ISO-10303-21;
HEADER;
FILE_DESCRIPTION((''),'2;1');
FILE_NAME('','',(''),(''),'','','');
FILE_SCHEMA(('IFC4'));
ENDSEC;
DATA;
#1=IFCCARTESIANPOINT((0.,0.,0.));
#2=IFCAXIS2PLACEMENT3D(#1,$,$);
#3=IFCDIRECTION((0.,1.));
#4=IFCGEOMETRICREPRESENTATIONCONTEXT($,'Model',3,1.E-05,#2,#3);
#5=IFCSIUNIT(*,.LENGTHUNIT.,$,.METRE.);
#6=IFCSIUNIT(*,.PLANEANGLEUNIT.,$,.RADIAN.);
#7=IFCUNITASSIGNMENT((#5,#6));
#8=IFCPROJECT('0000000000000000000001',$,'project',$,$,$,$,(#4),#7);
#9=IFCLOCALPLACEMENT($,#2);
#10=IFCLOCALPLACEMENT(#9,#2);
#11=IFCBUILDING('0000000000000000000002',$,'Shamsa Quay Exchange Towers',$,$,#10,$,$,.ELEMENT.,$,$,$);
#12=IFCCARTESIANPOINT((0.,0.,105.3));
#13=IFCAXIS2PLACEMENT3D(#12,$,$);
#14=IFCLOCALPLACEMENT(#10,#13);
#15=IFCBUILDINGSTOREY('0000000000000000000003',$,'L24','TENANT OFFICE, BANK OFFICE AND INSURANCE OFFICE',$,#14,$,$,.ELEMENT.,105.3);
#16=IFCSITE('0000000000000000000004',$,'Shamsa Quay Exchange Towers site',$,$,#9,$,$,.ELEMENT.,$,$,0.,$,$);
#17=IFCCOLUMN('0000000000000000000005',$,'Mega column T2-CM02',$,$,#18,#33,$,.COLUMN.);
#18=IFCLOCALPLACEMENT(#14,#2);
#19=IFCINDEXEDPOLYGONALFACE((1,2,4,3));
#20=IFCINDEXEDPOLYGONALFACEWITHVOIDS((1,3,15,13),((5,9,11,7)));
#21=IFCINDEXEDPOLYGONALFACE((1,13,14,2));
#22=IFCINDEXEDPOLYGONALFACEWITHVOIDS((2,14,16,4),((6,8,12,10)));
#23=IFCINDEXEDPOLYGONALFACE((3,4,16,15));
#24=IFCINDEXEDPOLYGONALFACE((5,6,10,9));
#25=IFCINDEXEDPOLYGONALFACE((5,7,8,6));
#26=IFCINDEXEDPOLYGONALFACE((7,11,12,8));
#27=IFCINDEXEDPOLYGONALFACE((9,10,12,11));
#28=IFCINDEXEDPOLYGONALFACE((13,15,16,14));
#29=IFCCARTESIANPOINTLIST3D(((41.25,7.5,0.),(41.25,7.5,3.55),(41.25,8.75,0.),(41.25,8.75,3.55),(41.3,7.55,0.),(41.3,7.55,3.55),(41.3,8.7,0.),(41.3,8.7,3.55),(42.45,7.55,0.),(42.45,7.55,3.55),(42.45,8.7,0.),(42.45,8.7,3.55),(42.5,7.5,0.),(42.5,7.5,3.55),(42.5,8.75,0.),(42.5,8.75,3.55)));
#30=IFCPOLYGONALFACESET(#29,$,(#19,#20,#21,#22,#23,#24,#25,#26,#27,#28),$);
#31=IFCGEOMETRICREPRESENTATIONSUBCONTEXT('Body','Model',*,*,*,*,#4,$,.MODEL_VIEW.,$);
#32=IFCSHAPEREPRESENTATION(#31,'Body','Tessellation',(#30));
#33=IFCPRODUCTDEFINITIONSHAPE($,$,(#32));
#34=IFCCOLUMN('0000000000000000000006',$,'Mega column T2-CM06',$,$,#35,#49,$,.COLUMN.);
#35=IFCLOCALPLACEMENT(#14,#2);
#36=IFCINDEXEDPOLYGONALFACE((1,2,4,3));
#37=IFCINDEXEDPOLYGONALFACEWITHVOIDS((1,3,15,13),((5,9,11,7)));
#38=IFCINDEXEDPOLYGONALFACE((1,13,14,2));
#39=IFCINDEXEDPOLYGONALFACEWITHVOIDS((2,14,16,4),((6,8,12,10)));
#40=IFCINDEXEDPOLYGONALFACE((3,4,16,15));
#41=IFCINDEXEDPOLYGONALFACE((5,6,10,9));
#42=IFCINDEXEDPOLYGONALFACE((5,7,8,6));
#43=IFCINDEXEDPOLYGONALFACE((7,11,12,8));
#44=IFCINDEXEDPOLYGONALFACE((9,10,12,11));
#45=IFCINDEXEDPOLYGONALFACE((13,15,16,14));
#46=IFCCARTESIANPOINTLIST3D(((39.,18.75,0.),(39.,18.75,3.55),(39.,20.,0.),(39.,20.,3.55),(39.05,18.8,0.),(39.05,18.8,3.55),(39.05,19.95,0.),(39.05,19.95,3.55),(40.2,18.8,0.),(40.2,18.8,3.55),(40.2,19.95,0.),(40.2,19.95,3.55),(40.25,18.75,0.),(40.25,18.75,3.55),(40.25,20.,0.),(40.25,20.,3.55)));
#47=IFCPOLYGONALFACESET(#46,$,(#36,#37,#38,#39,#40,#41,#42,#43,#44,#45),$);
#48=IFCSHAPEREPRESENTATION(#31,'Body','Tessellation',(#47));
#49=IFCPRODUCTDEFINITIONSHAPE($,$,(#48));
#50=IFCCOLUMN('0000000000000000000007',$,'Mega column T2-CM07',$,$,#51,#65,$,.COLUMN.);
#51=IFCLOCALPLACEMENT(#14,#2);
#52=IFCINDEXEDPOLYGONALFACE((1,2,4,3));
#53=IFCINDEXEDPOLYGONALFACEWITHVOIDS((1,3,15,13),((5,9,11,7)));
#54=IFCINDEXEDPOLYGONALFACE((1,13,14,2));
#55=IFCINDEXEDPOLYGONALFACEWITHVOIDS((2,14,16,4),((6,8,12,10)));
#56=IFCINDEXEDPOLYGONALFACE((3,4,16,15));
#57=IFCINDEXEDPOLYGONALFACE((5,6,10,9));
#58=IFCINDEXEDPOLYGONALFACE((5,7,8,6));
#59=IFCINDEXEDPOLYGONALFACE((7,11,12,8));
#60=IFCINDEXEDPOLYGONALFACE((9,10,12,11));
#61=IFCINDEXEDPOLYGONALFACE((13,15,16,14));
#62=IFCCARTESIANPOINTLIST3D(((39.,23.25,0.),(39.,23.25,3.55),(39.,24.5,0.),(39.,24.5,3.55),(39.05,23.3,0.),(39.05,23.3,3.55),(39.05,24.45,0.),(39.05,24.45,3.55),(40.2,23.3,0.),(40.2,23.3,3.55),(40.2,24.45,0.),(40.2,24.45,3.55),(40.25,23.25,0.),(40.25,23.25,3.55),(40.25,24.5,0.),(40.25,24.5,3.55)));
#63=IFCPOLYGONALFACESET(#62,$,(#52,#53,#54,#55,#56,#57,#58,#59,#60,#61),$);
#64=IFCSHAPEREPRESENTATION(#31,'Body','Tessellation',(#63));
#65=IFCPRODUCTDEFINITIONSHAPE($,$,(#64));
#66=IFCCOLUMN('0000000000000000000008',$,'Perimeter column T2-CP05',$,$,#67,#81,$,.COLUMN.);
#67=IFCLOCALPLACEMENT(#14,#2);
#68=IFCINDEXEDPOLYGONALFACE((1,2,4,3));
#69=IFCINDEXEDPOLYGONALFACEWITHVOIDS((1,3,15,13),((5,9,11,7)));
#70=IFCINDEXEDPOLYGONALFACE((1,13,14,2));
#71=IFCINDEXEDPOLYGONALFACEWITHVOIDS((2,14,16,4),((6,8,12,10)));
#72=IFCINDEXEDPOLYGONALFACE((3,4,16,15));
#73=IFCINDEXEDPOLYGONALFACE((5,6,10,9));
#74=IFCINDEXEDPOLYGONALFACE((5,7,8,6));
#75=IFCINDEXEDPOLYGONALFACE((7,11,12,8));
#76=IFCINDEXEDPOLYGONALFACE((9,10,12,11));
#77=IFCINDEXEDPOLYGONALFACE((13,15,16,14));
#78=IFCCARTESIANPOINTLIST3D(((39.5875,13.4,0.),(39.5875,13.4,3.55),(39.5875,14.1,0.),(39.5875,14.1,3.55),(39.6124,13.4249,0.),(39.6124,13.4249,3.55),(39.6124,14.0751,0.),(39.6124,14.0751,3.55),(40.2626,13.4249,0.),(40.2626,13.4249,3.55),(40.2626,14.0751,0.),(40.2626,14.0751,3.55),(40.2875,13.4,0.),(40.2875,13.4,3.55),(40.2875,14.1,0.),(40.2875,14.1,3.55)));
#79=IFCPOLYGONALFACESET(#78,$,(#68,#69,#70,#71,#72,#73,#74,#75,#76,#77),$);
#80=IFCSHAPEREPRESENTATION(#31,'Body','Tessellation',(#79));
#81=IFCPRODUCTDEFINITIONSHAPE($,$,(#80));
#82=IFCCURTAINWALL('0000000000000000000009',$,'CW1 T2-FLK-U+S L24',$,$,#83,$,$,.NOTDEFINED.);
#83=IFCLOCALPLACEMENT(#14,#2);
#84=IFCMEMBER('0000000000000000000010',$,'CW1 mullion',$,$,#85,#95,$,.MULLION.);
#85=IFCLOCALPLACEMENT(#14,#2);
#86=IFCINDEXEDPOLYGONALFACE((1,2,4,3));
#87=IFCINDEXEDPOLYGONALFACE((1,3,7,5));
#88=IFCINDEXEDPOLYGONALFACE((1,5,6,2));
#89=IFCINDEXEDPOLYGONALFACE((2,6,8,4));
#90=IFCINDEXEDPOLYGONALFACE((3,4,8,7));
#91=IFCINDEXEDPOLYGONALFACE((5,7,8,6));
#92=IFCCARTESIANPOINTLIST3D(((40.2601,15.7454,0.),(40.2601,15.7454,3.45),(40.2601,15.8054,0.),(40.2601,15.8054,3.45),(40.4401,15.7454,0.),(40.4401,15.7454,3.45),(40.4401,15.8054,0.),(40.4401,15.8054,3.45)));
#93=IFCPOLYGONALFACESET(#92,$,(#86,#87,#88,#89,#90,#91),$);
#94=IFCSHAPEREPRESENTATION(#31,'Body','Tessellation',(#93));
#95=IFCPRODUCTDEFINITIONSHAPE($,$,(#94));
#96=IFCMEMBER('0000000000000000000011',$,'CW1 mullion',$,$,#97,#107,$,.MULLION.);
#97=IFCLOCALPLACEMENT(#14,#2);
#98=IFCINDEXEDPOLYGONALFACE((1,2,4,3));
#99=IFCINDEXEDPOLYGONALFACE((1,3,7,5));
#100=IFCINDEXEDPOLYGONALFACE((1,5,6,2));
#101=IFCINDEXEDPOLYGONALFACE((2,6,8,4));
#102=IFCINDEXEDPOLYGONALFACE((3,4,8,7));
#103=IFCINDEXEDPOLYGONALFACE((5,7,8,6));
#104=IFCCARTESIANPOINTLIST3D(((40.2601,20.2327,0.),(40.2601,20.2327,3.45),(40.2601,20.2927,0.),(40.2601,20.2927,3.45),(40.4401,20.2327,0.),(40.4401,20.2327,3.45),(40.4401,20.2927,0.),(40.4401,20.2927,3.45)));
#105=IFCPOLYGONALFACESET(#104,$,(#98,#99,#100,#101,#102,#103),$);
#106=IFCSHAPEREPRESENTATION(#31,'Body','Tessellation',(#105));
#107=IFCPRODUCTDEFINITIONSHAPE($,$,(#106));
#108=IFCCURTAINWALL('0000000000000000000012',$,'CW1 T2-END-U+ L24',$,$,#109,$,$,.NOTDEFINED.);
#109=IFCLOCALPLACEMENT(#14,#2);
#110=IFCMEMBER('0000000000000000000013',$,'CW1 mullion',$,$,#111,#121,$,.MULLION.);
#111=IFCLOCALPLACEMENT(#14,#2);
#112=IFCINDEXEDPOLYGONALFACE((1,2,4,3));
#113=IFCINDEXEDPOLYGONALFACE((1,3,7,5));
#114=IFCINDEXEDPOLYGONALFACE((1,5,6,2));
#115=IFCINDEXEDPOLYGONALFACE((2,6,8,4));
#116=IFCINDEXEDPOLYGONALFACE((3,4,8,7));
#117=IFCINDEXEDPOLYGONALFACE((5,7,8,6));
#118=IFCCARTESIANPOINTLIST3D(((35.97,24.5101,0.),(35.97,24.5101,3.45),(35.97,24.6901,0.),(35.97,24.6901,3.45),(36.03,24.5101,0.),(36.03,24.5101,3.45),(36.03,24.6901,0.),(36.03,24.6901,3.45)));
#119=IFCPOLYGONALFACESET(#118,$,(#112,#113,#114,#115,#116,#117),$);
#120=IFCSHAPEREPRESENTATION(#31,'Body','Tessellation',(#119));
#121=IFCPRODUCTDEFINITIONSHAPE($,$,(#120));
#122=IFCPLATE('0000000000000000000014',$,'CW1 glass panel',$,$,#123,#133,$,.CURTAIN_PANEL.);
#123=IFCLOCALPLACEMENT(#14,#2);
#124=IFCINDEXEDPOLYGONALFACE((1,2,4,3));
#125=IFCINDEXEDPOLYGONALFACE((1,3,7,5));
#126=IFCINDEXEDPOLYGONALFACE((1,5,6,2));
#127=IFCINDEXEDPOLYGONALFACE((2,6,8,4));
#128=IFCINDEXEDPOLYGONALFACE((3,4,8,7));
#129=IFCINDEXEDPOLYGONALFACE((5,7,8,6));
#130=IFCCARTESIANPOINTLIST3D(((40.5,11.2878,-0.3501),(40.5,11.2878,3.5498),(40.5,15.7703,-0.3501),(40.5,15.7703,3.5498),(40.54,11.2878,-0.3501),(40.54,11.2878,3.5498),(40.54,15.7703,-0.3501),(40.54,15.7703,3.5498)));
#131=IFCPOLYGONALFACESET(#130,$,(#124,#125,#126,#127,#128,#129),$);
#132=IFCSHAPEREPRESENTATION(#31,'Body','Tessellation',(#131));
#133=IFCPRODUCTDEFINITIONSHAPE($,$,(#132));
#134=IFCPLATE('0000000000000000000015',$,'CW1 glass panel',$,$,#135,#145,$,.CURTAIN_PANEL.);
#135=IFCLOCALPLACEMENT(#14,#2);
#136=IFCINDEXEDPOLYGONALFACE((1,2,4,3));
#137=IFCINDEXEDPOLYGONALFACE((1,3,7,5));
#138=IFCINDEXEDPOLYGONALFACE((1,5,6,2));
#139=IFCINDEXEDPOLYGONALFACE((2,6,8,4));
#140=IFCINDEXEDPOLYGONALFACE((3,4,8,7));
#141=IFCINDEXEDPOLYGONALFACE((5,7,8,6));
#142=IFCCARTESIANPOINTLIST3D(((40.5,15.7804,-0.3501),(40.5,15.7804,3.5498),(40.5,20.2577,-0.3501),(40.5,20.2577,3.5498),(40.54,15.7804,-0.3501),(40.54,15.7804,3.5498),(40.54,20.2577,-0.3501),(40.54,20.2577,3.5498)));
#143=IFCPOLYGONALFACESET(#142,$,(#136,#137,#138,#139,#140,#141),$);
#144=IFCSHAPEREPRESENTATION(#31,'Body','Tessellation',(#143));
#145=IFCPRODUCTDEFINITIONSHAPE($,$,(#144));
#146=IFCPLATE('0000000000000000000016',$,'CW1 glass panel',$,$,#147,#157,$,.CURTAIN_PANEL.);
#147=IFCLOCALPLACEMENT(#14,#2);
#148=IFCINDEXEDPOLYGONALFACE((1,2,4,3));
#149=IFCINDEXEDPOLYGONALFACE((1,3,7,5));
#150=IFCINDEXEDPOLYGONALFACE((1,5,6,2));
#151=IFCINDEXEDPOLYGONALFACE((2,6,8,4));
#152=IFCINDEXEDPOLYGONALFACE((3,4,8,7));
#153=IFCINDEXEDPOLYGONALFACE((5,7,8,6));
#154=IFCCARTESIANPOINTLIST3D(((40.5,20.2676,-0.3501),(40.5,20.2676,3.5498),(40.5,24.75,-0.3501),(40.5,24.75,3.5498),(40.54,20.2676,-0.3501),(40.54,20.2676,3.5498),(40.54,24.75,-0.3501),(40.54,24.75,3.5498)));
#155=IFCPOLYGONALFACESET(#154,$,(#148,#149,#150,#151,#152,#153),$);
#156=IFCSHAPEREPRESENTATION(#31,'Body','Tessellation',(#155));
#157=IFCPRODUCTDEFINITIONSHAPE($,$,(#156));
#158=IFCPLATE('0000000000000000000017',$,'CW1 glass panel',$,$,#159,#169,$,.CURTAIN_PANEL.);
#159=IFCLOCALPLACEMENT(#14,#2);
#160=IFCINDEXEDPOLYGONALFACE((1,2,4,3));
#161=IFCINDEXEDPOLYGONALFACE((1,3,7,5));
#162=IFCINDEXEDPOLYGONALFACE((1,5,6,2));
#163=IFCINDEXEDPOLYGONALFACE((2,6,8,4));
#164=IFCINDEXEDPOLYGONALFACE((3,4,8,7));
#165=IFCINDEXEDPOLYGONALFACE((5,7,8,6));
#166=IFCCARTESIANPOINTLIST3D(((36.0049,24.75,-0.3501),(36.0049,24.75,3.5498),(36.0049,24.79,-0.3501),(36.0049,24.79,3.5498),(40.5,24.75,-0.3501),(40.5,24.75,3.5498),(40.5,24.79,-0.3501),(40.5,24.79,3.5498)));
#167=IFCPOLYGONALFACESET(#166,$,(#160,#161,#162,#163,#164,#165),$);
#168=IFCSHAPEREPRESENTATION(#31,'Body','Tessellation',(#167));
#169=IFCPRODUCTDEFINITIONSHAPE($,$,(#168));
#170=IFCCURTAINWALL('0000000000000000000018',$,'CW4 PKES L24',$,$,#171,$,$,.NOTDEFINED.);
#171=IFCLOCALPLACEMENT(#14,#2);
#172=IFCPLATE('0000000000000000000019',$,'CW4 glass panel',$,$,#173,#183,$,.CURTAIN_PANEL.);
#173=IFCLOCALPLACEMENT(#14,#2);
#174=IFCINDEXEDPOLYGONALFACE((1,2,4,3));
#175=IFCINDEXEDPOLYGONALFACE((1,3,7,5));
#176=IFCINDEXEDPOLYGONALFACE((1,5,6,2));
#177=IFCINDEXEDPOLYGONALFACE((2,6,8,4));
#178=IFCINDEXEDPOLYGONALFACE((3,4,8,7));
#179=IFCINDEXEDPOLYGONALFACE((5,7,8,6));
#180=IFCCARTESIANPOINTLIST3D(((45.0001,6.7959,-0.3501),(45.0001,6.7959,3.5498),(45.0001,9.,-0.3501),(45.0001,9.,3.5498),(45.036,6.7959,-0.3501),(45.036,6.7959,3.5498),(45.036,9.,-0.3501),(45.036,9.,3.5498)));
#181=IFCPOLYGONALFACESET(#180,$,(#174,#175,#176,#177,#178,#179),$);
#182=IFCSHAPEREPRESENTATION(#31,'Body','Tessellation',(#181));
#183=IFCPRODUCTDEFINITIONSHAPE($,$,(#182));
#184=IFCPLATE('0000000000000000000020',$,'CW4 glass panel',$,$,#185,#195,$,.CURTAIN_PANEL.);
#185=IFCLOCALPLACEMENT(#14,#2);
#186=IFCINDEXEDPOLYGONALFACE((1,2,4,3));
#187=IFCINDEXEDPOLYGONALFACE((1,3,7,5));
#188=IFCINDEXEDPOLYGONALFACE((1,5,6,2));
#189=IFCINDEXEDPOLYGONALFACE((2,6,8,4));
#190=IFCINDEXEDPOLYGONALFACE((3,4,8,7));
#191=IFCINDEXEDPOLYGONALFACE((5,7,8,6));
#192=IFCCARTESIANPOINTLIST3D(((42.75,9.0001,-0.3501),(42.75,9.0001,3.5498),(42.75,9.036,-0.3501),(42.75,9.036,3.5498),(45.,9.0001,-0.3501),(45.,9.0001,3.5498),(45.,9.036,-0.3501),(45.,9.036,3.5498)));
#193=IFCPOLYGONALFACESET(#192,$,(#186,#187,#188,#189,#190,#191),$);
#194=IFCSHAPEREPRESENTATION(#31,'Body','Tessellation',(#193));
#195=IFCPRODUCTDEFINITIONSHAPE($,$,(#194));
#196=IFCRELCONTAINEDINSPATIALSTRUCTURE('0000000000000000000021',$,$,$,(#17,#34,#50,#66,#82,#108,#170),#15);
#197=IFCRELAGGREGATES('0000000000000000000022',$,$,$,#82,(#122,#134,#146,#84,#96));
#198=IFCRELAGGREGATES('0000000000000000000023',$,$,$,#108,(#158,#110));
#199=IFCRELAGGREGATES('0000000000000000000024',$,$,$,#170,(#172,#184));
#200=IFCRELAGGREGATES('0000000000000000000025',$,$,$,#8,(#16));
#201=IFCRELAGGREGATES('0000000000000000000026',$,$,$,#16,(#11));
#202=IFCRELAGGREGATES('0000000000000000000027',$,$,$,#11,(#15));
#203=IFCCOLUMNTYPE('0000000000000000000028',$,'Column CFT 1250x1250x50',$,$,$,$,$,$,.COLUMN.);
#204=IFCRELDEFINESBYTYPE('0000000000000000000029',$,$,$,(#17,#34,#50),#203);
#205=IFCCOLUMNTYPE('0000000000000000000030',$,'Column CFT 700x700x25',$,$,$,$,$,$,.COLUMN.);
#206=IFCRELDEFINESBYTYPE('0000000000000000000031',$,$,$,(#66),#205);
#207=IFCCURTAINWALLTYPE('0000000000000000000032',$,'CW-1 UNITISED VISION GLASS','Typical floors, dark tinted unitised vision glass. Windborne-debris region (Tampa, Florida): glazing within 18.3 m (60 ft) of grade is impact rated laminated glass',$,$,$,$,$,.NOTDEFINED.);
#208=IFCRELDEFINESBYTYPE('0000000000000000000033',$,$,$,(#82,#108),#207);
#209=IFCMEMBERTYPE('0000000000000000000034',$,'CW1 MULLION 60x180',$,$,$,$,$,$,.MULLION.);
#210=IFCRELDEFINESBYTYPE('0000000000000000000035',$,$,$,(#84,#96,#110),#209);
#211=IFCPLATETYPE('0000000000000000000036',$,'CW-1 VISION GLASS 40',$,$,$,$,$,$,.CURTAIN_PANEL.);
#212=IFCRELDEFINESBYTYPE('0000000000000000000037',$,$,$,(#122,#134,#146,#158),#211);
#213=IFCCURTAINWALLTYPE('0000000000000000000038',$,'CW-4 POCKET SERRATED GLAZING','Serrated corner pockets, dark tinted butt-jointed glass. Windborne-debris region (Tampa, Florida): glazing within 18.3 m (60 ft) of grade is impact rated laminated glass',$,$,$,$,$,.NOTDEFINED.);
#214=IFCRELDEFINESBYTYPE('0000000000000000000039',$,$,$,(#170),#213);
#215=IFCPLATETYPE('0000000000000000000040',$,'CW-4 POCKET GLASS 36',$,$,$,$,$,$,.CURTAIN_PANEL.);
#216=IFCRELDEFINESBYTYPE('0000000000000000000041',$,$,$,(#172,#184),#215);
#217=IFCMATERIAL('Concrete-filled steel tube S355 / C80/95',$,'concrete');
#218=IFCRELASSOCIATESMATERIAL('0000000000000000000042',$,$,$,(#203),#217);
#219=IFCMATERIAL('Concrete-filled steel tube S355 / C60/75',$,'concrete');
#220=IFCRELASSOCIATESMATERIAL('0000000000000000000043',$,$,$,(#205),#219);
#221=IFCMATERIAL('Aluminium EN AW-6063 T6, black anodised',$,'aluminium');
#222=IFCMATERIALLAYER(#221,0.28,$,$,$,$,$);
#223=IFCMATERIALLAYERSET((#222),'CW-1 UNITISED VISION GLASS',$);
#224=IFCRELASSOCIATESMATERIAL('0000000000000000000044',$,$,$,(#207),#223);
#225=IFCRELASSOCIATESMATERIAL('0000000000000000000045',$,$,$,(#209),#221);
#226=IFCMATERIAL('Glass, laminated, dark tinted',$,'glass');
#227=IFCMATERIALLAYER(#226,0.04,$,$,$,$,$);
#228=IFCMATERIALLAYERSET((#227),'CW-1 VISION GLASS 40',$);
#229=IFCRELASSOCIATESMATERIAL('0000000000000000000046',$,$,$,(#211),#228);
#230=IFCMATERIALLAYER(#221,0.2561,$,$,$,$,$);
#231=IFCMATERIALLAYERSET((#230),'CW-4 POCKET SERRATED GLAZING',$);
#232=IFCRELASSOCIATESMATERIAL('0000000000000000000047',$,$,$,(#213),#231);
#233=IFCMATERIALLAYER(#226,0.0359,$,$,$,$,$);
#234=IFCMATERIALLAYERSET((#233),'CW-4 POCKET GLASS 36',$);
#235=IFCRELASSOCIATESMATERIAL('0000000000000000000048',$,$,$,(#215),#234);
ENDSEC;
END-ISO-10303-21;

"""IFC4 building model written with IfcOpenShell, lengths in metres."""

from ifc_helpers import new_model, si_unit, direction, frame, origin, origin_2d, place, context, subcontext, project, spatial, rectangle, hollow_rectangle, extrude, material, layer, layer_set, material_profile, profile_set, type_object, element, aggregate, save


model = new_model("IFC4")

# Units and contexts
model_context = context("Model", 3, precision=1e-05, world=origin(), true_north=direction((0.0, 1.0)))
body_context = subcontext(model_context, "Body", "Model", "MODEL_VIEW")
ifc_project = project(units=[si_unit("LENGTHUNIT", "METRE"), si_unit("PLANEANGLEUNIT", "RADIAN")], contexts=[model_context])

# Site, building, storey
site_placement = place(None, origin())
site = spatial("IfcSite", under=ifc_project, at=site_placement, Name="Shamsa Quay Exchange Towers site", CompositionType="ELEMENT", RefElevation=0.0)
building_placement = place(site_placement, origin())
building = spatial("IfcBuilding", under=site, at=building_placement, Name="Shamsa Quay Exchange Towers", CompositionType="ELEMENT")
storey_placement = place(building_placement, frame((0.0, 0.0, 105.3)))
storey = spatial("IfcBuildingStorey", under=building, at=storey_placement, Name="L24", Description="TENANT OFFICE, BANK OFFICE AND INSURANCE OFFICE", CompositionType="ELEMENT", Elevation=105.3)

# Columns
ifc_material_1 = material(Name="Concrete-filled steel tube S355 / C80/95", Category="concrete")
ifc_material_profile_1 = material_profile(ifc_material_1, hollow_rectangle(XDim=1.25, YDim=1.25, WallThickness=0.05, at=origin_2d()), Name="CFT 1250x1250x50")
ifc_profile_set_1 = profile_set([ifc_material_profile_1], Name="Concrete-filled steel tube S355 / C80/95")
column_type_1 = type_object("IfcColumnType", Name="Column CFT 1250x1250x50", PredefinedType="COLUMN", material=ifc_profile_set_1)
for number, where, name in (
    (1, (41.875, 8.125, 0.0), "Mega column T2-CM02"),
    (2, (39.625, 19.375, 0.0), "Mega column T2-CM06"),
    (3, (39.625, 23.875, 0.0), "Mega column T2-CM07"),
):
    element("IfcColumn", number, at=place(storey_placement, frame(where)), inside=storey, type_object=column_type_1, Name=name, PredefinedType="COLUMN", context=body_context, shape_type="SweptSolid", body=[
        extrude(hollow_rectangle(XDim=1.25, YDim=1.25, WallThickness=0.05, at=origin_2d()), origin(), (0.0, 0.0, 1.0), 3.55),
    ])
ifc_material_2 = material(Name="Concrete-filled steel tube S355 / C60/75", Category="concrete")
ifc_material_profile_2 = material_profile(ifc_material_2, hollow_rectangle(XDim=0.7, YDim=0.7, WallThickness=0.0249, at=origin_2d()), Name="CFT 700x700x25")
ifc_profile_set_2 = profile_set([ifc_material_profile_2], Name="Concrete-filled steel tube S355 / C60/75")
column_type_2 = type_object("IfcColumnType", Name="Column CFT 700x700x25", PredefinedType="COLUMN", material=ifc_profile_set_2)
column_placement = place(storey_placement, frame((39.9375, 13.75, 0.0)))
element("IfcColumn", 4, at=column_placement, inside=storey, type_object=column_type_2, Name="Perimeter column T2-CP05", PredefinedType="COLUMN", context=body_context, shape_type="SweptSolid", body=[
    extrude(hollow_rectangle(XDim=0.7, YDim=0.7, WallThickness=0.0249, at=origin_2d()), origin(), (0.0, 0.0, 1.0), 3.55),
])

# Curtain wall, members
ifc_material_3 = material(Name="Aluminium EN AW-6063 T6, black anodised", Category="aluminium")
ifc_layer_1 = layer(ifc_material_3, 0.28)
ifc_layer_set_1 = layer_set([ifc_layer_1], Name="CW-1 UNITISED VISION GLASS")
curtain_wall_type_1 = type_object("IfcCurtainWallType", Name="CW-1 UNITISED VISION GLASS", Description="Typical floors, dark tinted unitised vision glass. Windborne-debris region (Tampa, Florida): glazing within 18.3 m (60 ft) of grade is impact rated laminated glass", PredefinedType="NOTDEFINED", material=ifc_layer_set_1)
curtain_wall_1_placement = place(storey_placement, origin())
curtain_wall_1 = element("IfcCurtainWall", 5, at=curtain_wall_1_placement, inside=storey, type_object=curtain_wall_type_1, Name="CW1 T2-FLK-U+S L24", PredefinedType="NOTDEFINED")
ifc_material_profile_3 = material_profile(ifc_material_3, rectangle(XDim=0.1799, YDim=0.0601, at=origin_2d()), Name="MU60x180")
ifc_profile_set_3 = profile_set([ifc_material_profile_3], Name="Aluminium EN AW-6063 T6, black anodised")
member_type = type_object("IfcMemberType", Name="CW1 MULLION 60x180", PredefinedType="MULLION", material=ifc_profile_set_3)
member_1_placement = place(storey_placement, frame((40.3501, 15.7754, 0.0), z_axis=(0.0, 0.0, 1.0), x_axis=(-1.0, 0.0, 0.0)))
member_1 = element("IfcMember", 6, at=member_1_placement, type_object=member_type, Name="CW1 mullion", PredefinedType="MULLION", context=body_context, shape_type="SweptSolid", body=[
    extrude(rectangle(XDim=0.1799, YDim=0.0601, at=origin_2d()), origin(), (0.0, 0.0, 1.0), 3.45),
])
member_2_placement = place(storey_placement, frame((40.3501, 20.2627, 0.0), z_axis=(0.0, 0.0, 1.0), x_axis=(-1.0, 0.0, 0.0)))
member_2 = element("IfcMember", 7, at=member_2_placement, type_object=member_type, Name="CW1 mullion", PredefinedType="MULLION", context=body_context, shape_type="SweptSolid", body=[
    extrude(rectangle(XDim=0.1799, YDim=0.0601, at=origin_2d()), origin(), (0.0, 0.0, 1.0), 3.45),
])

# Curtain wall, member
curtain_wall_2_placement = place(storey_placement, origin())
curtain_wall_2 = element("IfcCurtainWall", 8, at=curtain_wall_2_placement, inside=storey, type_object=curtain_wall_type_1, Name="CW1 T2-END-U+ L24", PredefinedType="NOTDEFINED")
member_3_placement = place(storey_placement, frame((36.0, 24.6001, 0.0), z_axis=(0.0, 0.0, 1.0), x_axis=(0.0, -1.0, 0.0)))
member_3 = element("IfcMember", 9, at=member_3_placement, type_object=member_type, Name="CW1 mullion", PredefinedType="MULLION", context=body_context, shape_type="SweptSolid", body=[
    extrude(rectangle(XDim=0.1799, YDim=0.0601, at=origin_2d()), origin(), (0.0, 0.0, 1.0), 3.45),
])

# Plates
ifc_material_4 = material(Name="Glass, laminated, dark tinted", Category="glass")
ifc_layer_2 = layer(ifc_material_4, 0.04)
ifc_layer_set_2 = layer_set([ifc_layer_2], Name="CW-1 VISION GLASS 40")
plate_type_1 = type_object("IfcPlateType", Name="CW-1 VISION GLASS 40", PredefinedType="CURTAIN_PANEL", material=ifc_layer_set_2)
plate_1_placement = place(storey_placement, frame((40.52, 13.5291, -0.3501), z_axis=(0.0, 0.0, 1.0), x_axis=(0.0, 1.0, 0.0)))
plate_1 = element("IfcPlate", 10, at=plate_1_placement, type_object=plate_type_1, Name="CW1 glass panel", PredefinedType="CURTAIN_PANEL", context=body_context, shape_type="SweptSolid", body=[
    extrude(rectangle(XDim=4.4824, YDim=0.04, at=origin_2d()), origin(), (0.0, 0.0, 1.0), 3.8999),
])
plate_2_placement = place(storey_placement, frame((40.52, 18.019, -0.3501), z_axis=(0.0, 0.0, 1.0), x_axis=(0.0, 1.0, 0.0)))
plate_2 = element("IfcPlate", 11, at=plate_2_placement, type_object=plate_type_1, Name="CW1 glass panel", PredefinedType="CURTAIN_PANEL", context=body_context, shape_type="SweptSolid", body=[
    extrude(rectangle(XDim=4.4773, YDim=0.04, at=origin_2d()), origin(), (0.0, 0.0, 1.0), 3.8999),
])
plate_3_placement = place(storey_placement, frame((40.52, 22.5088, -0.3501), z_axis=(0.0, 0.0, 1.0), x_axis=(0.0, 1.0, 0.0)))
plate_3 = element("IfcPlate", 12, at=plate_3_placement, type_object=plate_type_1, Name="CW1 glass panel", PredefinedType="CURTAIN_PANEL", context=body_context, shape_type="SweptSolid", body=[
    extrude(rectangle(XDim=4.4824, YDim=0.04, at=origin_2d()), origin(), (0.0, 0.0, 1.0), 3.8999),
])
aggregate(curtain_wall_1, [plate_1, plate_2, plate_3, member_1, member_2])
plate_4_placement = place(storey_placement, frame((38.2524, 24.77, -0.3501), z_axis=(0.0, 0.0, 1.0), x_axis=(-1.0, 0.0, 0.0)))
plate_4 = element("IfcPlate", 13, at=plate_4_placement, type_object=plate_type_1, Name="CW1 glass panel", PredefinedType="CURTAIN_PANEL", context=body_context, shape_type="SweptSolid", body=[
    extrude(rectangle(XDim=4.4951, YDim=0.04, at=origin_2d()), origin(), (0.0, 0.0, 1.0), 3.8999),
])
aggregate(curtain_wall_2, [plate_4, member_3])

# Curtain wall, plates
ifc_layer_3 = layer(ifc_material_3, 0.2561)
ifc_layer_set_3 = layer_set([ifc_layer_3], Name="CW-4 POCKET SERRATED GLAZING")
curtain_wall_type_2 = type_object("IfcCurtainWallType", Name="CW-4 POCKET SERRATED GLAZING", Description="Serrated corner pockets, dark tinted butt-jointed glass. Windborne-debris region (Tampa, Florida): glazing within 18.3 m (60 ft) of grade is impact rated laminated glass", PredefinedType="NOTDEFINED", material=ifc_layer_set_3)
curtain_wall_3_placement = place(storey_placement, origin())
curtain_wall_3 = element("IfcCurtainWall", 14, at=curtain_wall_3_placement, inside=storey, type_object=curtain_wall_type_2, Name="CW4 PKES L24", PredefinedType="NOTDEFINED")
ifc_layer_4 = layer(ifc_material_4, 0.0359)
ifc_layer_set_4 = layer_set([ifc_layer_4], Name="CW-4 POCKET GLASS 36")
plate_type_2 = type_object("IfcPlateType", Name="CW-4 POCKET GLASS 36", PredefinedType="CURTAIN_PANEL", material=ifc_layer_set_4)
plate_5_placement = place(storey_placement, frame((45.0181, 7.8979, -0.3501), z_axis=(0.0, 0.0, 1.0), x_axis=(0.0, 1.0, 0.0)))
plate_5 = element("IfcPlate", 15, at=plate_5_placement, type_object=plate_type_2, Name="CW4 glass panel", PredefinedType="CURTAIN_PANEL", context=body_context, shape_type="SweptSolid", body=[
    extrude(rectangle(XDim=2.2041, YDim=0.0359, at=origin_2d()), origin(), (0.0, 0.0, 1.0), 3.8999),
])
plate_6_placement = place(storey_placement, frame((43.875, 9.0181, -0.3501), z_axis=(0.0, 0.0, 1.0), x_axis=(-1.0, 0.0, 0.0)))
plate_6 = element("IfcPlate", 16, at=plate_6_placement, type_object=plate_type_2, Name="CW4 glass panel", PredefinedType="CURTAIN_PANEL", context=body_context, shape_type="SweptSolid", body=[
    extrude(rectangle(XDim=2.25, YDim=0.0359, at=origin_2d()), origin(), (0.0, 0.0, 1.0), 3.8999),
])
aggregate(curtain_wall_3, [plate_5, plate_6])

save(model, "model.ifc")
